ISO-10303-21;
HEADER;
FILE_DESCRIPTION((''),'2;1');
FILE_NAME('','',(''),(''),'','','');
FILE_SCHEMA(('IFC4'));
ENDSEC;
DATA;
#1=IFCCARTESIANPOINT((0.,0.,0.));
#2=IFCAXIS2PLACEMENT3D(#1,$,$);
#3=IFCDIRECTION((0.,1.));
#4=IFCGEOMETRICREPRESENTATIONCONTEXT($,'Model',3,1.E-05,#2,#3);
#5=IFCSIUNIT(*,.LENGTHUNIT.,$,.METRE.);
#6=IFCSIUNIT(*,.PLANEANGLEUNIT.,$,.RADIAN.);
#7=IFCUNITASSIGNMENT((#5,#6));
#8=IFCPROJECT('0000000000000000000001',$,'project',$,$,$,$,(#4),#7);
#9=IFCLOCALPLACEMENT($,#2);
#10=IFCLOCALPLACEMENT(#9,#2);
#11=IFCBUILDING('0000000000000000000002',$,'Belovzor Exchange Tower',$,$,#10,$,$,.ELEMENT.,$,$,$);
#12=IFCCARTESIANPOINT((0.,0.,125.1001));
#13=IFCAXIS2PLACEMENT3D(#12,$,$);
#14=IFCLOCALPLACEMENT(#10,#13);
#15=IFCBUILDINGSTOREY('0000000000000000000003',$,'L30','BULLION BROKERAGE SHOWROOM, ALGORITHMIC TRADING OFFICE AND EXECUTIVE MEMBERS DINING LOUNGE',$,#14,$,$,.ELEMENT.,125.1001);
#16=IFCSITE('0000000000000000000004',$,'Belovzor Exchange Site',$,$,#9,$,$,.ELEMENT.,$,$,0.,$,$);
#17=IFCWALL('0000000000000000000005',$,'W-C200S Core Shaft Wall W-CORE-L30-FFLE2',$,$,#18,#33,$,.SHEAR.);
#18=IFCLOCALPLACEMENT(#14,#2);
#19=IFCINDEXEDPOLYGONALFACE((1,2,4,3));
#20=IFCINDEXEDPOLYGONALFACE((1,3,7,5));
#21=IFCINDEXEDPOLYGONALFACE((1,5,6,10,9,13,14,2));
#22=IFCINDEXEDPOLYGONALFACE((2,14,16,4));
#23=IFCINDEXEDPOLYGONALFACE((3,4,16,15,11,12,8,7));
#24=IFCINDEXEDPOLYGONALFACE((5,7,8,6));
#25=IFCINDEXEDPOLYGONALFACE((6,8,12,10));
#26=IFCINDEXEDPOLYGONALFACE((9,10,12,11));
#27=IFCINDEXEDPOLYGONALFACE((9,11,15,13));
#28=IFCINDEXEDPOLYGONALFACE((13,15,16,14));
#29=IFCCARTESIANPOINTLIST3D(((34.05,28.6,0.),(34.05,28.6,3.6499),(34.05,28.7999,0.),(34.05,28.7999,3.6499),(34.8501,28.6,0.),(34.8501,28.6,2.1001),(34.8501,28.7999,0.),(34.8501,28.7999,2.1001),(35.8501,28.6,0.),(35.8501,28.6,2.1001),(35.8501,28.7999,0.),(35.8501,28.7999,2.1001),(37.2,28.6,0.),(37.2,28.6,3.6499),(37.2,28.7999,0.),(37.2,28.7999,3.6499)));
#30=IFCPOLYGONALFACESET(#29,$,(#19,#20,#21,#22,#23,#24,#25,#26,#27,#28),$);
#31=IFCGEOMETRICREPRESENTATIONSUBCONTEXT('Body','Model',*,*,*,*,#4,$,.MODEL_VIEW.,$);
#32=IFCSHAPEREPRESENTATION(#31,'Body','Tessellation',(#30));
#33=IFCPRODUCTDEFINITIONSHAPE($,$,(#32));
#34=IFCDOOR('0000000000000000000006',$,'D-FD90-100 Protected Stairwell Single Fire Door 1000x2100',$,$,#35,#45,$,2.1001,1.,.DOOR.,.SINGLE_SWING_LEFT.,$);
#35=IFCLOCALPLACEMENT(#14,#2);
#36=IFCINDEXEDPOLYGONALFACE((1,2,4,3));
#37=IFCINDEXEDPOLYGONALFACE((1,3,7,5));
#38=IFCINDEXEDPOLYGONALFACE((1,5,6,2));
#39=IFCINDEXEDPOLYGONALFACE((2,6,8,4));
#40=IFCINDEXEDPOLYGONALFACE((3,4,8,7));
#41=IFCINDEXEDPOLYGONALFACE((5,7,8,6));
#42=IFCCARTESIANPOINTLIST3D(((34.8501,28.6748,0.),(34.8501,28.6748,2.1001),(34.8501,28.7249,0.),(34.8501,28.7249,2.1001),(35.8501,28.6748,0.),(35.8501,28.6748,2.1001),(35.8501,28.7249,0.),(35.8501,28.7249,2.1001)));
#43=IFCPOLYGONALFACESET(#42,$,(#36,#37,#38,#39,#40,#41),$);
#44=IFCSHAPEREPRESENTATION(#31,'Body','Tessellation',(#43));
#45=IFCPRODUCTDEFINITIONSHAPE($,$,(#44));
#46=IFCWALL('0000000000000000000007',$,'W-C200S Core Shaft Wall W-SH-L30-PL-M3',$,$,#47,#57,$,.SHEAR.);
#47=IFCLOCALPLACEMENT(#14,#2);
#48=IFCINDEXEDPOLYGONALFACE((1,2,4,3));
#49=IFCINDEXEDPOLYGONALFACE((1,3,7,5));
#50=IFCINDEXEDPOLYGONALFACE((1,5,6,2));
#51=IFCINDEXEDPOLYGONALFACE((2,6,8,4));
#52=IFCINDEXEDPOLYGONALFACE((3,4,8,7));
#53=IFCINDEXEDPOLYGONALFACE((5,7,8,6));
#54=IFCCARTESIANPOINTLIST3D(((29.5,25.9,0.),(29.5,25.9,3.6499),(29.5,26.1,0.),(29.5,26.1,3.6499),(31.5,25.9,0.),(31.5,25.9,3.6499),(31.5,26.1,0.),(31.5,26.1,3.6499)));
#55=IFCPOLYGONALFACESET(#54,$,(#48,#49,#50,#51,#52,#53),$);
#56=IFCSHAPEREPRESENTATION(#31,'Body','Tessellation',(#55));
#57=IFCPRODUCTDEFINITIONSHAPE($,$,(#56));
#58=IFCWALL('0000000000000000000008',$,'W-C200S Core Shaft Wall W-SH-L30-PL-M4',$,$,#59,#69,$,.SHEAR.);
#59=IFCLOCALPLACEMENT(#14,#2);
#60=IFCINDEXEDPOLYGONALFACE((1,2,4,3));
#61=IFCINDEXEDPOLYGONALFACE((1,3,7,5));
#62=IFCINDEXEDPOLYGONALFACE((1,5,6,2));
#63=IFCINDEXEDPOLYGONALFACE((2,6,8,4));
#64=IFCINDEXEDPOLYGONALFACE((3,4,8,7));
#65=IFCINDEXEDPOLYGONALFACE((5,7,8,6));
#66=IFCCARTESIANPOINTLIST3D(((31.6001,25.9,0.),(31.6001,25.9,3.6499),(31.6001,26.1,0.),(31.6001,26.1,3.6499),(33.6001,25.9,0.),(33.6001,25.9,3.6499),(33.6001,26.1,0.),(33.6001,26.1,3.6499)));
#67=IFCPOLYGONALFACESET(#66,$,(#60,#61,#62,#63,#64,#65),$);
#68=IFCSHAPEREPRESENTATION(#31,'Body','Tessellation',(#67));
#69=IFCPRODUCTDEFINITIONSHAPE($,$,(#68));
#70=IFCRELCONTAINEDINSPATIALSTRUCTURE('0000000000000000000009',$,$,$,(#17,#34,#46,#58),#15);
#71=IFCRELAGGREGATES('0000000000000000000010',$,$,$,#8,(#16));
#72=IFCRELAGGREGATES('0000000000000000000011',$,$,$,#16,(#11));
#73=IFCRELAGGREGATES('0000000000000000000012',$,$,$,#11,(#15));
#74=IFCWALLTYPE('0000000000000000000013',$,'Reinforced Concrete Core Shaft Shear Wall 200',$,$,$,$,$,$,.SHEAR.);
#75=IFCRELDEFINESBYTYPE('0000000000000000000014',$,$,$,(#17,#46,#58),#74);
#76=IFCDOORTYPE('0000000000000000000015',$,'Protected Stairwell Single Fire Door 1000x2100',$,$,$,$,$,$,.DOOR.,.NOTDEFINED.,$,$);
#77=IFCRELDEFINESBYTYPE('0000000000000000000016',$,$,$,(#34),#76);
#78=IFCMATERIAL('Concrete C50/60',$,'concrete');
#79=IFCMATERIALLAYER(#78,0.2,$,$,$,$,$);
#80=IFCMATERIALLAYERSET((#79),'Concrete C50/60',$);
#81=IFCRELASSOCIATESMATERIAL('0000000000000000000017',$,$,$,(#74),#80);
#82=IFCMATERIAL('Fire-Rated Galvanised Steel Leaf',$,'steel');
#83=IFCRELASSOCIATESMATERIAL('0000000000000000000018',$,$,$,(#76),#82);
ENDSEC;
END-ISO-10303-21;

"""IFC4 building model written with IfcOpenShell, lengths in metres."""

from ifc_helpers import new_model, si_unit, direction, frame, frame_2d, origin, place, context, subcontext, project, spatial, rectangle, extrude, material, layer, layer_set, type_object, element, fill, save


model = new_model("IFC4")

# Units and contexts
model_context = context("Model", 3, precision=1e-05, world=origin(), true_north=direction((0.0, 1.0)))
body_context = subcontext(model_context, "Body", "Model", "MODEL_VIEW")
ifc_project = project(units=[si_unit("LENGTHUNIT", "METRE"), si_unit("PLANEANGLEUNIT", "RADIAN")], contexts=[model_context])

# Site, building, storey
site_placement = place(None, origin())
site = spatial("IfcSite", under=ifc_project, at=site_placement, Name="Belovzor Exchange Site", CompositionType="ELEMENT", RefElevation=0.0)
building_placement = place(site_placement, origin())
building = spatial("IfcBuilding", under=site, at=building_placement, Name="Belovzor Exchange Tower", CompositionType="ELEMENT")
storey_placement = place(building_placement, frame((0.0, 0.0, 125.1001)))
storey = spatial("IfcBuildingStorey", under=building, at=storey_placement, Name="L30", Description="BULLION BROKERAGE SHOWROOM, ALGORITHMIC TRADING OFFICE AND EXECUTIVE MEMBERS DINING LOUNGE", CompositionType="ELEMENT", Elevation=125.1001)

# Wall, opening, door
ifc_material_1 = material(Name="Concrete C50/60", Category="concrete")
ifc_layer_1 = layer(ifc_material_1, 0.2)
ifc_layer_set_1 = layer_set([ifc_layer_1], Name="Concrete C50/60")
wall_type_1 = type_object("IfcWallType", Name="Reinforced Concrete Core Shaft Shear Wall 200", PredefinedType="SHEAR", material=ifc_layer_set_1)
wall_1_placement = place(storey_placement, frame((34.05, 28.7, 0.0), z_axis=(0.0, 0.0, 1.0), x_axis=(1.0, 0.0, 0.0)))
wall_1 = element("IfcWall", 1, at=wall_1_placement, inside=storey, type_object=wall_type_1, Name="W-C200S Core Shaft Wall W-CORE-L30-FFLE2", PredefinedType="SHEAR", context=body_context, shape_type="SweptSolid", body=[
    extrude(rectangle(XDim=3.1499, YDim=0.2, at=frame_2d((1.575, 0.0))), origin(), (0.0, 0.0, 1.0), 3.6499),
])
opening_1_placement = place(wall_1_placement, frame((0.8, 0.0, 0.0)))
opening_1 = element("IfcOpeningElement", 2, at=opening_1_placement, cuts=wall_1, PredefinedType="OPENING", context=body_context, shape_type="SweptSolid", body=[
    extrude(rectangle(XDim=1.0, YDim=2.1001, at=frame_2d((0.5, 1.05))), frame((0.0, 0.1099, 0.0), z_axis=(0.0, -1.0, 0.0), x_axis=(1.0, 0.0, 0.0)), (0.0, 0.0, 1.0), 0.22),
])
ifc_material_2 = material(Name="Fire-Rated Galvanised Steel Leaf", Category="steel")
door_type_1 = type_object("IfcDoorType", Name="Protected Stairwell Single Fire Door 1000x2100", OperationType="NOTDEFINED", PredefinedType="DOOR", material=ifc_material_2)
door_1_placement = place(opening_1_placement, origin())
door_1 = element("IfcDoor", 3, at=door_1_placement, inside=storey, type_object=door_type_1, Name="D-FD90-100 Protected Stairwell Single Fire Door 1000x2100", OperationType="SINGLE_SWING_LEFT", OverallHeight=2.1001, OverallWidth=1.0, PredefinedType="DOOR", context=body_context, shape_type="SweptSolid", body=[
    extrude(rectangle(XDim=1.0, YDim=2.1001, at=frame_2d((0.5, 1.05))), frame((0.0, 0.0249, 0.0), z_axis=(0.0, -1.0, 0.0), x_axis=(1.0, 0.0, 0.0)), (0.0, 0.0, 1.0), 0.05),
])
fill(opening_1, door_1)

# Walls
for number, where, z_axis, x_axis, name in (
    (4, (29.5, 26.0, 0.0), (0.0, 0.0, 1.0), (1.0, 0.0, 0.0), "W-C200S Core Shaft Wall W-SH-L30-PL-M3"),
    (5, (31.6001, 26.0, 0.0), (0.0, 0.0, 1.0), (1.0, 0.0, 0.0), "W-C200S Core Shaft Wall W-SH-L30-PL-M4"),
):
    element("IfcWall", number, at=place(storey_placement, frame(where, z_axis=z_axis, x_axis=x_axis)), inside=storey, type_object=wall_type_1, Name=name, PredefinedType="SHEAR", context=body_context, shape_type="SweptSolid", body=[
        extrude(rectangle(XDim=2.0, YDim=0.2, at=frame_2d((1.0, 0.0))), origin(), (0.0, 0.0, 1.0), 3.6499),
    ])

save(model, "model.ifc")
